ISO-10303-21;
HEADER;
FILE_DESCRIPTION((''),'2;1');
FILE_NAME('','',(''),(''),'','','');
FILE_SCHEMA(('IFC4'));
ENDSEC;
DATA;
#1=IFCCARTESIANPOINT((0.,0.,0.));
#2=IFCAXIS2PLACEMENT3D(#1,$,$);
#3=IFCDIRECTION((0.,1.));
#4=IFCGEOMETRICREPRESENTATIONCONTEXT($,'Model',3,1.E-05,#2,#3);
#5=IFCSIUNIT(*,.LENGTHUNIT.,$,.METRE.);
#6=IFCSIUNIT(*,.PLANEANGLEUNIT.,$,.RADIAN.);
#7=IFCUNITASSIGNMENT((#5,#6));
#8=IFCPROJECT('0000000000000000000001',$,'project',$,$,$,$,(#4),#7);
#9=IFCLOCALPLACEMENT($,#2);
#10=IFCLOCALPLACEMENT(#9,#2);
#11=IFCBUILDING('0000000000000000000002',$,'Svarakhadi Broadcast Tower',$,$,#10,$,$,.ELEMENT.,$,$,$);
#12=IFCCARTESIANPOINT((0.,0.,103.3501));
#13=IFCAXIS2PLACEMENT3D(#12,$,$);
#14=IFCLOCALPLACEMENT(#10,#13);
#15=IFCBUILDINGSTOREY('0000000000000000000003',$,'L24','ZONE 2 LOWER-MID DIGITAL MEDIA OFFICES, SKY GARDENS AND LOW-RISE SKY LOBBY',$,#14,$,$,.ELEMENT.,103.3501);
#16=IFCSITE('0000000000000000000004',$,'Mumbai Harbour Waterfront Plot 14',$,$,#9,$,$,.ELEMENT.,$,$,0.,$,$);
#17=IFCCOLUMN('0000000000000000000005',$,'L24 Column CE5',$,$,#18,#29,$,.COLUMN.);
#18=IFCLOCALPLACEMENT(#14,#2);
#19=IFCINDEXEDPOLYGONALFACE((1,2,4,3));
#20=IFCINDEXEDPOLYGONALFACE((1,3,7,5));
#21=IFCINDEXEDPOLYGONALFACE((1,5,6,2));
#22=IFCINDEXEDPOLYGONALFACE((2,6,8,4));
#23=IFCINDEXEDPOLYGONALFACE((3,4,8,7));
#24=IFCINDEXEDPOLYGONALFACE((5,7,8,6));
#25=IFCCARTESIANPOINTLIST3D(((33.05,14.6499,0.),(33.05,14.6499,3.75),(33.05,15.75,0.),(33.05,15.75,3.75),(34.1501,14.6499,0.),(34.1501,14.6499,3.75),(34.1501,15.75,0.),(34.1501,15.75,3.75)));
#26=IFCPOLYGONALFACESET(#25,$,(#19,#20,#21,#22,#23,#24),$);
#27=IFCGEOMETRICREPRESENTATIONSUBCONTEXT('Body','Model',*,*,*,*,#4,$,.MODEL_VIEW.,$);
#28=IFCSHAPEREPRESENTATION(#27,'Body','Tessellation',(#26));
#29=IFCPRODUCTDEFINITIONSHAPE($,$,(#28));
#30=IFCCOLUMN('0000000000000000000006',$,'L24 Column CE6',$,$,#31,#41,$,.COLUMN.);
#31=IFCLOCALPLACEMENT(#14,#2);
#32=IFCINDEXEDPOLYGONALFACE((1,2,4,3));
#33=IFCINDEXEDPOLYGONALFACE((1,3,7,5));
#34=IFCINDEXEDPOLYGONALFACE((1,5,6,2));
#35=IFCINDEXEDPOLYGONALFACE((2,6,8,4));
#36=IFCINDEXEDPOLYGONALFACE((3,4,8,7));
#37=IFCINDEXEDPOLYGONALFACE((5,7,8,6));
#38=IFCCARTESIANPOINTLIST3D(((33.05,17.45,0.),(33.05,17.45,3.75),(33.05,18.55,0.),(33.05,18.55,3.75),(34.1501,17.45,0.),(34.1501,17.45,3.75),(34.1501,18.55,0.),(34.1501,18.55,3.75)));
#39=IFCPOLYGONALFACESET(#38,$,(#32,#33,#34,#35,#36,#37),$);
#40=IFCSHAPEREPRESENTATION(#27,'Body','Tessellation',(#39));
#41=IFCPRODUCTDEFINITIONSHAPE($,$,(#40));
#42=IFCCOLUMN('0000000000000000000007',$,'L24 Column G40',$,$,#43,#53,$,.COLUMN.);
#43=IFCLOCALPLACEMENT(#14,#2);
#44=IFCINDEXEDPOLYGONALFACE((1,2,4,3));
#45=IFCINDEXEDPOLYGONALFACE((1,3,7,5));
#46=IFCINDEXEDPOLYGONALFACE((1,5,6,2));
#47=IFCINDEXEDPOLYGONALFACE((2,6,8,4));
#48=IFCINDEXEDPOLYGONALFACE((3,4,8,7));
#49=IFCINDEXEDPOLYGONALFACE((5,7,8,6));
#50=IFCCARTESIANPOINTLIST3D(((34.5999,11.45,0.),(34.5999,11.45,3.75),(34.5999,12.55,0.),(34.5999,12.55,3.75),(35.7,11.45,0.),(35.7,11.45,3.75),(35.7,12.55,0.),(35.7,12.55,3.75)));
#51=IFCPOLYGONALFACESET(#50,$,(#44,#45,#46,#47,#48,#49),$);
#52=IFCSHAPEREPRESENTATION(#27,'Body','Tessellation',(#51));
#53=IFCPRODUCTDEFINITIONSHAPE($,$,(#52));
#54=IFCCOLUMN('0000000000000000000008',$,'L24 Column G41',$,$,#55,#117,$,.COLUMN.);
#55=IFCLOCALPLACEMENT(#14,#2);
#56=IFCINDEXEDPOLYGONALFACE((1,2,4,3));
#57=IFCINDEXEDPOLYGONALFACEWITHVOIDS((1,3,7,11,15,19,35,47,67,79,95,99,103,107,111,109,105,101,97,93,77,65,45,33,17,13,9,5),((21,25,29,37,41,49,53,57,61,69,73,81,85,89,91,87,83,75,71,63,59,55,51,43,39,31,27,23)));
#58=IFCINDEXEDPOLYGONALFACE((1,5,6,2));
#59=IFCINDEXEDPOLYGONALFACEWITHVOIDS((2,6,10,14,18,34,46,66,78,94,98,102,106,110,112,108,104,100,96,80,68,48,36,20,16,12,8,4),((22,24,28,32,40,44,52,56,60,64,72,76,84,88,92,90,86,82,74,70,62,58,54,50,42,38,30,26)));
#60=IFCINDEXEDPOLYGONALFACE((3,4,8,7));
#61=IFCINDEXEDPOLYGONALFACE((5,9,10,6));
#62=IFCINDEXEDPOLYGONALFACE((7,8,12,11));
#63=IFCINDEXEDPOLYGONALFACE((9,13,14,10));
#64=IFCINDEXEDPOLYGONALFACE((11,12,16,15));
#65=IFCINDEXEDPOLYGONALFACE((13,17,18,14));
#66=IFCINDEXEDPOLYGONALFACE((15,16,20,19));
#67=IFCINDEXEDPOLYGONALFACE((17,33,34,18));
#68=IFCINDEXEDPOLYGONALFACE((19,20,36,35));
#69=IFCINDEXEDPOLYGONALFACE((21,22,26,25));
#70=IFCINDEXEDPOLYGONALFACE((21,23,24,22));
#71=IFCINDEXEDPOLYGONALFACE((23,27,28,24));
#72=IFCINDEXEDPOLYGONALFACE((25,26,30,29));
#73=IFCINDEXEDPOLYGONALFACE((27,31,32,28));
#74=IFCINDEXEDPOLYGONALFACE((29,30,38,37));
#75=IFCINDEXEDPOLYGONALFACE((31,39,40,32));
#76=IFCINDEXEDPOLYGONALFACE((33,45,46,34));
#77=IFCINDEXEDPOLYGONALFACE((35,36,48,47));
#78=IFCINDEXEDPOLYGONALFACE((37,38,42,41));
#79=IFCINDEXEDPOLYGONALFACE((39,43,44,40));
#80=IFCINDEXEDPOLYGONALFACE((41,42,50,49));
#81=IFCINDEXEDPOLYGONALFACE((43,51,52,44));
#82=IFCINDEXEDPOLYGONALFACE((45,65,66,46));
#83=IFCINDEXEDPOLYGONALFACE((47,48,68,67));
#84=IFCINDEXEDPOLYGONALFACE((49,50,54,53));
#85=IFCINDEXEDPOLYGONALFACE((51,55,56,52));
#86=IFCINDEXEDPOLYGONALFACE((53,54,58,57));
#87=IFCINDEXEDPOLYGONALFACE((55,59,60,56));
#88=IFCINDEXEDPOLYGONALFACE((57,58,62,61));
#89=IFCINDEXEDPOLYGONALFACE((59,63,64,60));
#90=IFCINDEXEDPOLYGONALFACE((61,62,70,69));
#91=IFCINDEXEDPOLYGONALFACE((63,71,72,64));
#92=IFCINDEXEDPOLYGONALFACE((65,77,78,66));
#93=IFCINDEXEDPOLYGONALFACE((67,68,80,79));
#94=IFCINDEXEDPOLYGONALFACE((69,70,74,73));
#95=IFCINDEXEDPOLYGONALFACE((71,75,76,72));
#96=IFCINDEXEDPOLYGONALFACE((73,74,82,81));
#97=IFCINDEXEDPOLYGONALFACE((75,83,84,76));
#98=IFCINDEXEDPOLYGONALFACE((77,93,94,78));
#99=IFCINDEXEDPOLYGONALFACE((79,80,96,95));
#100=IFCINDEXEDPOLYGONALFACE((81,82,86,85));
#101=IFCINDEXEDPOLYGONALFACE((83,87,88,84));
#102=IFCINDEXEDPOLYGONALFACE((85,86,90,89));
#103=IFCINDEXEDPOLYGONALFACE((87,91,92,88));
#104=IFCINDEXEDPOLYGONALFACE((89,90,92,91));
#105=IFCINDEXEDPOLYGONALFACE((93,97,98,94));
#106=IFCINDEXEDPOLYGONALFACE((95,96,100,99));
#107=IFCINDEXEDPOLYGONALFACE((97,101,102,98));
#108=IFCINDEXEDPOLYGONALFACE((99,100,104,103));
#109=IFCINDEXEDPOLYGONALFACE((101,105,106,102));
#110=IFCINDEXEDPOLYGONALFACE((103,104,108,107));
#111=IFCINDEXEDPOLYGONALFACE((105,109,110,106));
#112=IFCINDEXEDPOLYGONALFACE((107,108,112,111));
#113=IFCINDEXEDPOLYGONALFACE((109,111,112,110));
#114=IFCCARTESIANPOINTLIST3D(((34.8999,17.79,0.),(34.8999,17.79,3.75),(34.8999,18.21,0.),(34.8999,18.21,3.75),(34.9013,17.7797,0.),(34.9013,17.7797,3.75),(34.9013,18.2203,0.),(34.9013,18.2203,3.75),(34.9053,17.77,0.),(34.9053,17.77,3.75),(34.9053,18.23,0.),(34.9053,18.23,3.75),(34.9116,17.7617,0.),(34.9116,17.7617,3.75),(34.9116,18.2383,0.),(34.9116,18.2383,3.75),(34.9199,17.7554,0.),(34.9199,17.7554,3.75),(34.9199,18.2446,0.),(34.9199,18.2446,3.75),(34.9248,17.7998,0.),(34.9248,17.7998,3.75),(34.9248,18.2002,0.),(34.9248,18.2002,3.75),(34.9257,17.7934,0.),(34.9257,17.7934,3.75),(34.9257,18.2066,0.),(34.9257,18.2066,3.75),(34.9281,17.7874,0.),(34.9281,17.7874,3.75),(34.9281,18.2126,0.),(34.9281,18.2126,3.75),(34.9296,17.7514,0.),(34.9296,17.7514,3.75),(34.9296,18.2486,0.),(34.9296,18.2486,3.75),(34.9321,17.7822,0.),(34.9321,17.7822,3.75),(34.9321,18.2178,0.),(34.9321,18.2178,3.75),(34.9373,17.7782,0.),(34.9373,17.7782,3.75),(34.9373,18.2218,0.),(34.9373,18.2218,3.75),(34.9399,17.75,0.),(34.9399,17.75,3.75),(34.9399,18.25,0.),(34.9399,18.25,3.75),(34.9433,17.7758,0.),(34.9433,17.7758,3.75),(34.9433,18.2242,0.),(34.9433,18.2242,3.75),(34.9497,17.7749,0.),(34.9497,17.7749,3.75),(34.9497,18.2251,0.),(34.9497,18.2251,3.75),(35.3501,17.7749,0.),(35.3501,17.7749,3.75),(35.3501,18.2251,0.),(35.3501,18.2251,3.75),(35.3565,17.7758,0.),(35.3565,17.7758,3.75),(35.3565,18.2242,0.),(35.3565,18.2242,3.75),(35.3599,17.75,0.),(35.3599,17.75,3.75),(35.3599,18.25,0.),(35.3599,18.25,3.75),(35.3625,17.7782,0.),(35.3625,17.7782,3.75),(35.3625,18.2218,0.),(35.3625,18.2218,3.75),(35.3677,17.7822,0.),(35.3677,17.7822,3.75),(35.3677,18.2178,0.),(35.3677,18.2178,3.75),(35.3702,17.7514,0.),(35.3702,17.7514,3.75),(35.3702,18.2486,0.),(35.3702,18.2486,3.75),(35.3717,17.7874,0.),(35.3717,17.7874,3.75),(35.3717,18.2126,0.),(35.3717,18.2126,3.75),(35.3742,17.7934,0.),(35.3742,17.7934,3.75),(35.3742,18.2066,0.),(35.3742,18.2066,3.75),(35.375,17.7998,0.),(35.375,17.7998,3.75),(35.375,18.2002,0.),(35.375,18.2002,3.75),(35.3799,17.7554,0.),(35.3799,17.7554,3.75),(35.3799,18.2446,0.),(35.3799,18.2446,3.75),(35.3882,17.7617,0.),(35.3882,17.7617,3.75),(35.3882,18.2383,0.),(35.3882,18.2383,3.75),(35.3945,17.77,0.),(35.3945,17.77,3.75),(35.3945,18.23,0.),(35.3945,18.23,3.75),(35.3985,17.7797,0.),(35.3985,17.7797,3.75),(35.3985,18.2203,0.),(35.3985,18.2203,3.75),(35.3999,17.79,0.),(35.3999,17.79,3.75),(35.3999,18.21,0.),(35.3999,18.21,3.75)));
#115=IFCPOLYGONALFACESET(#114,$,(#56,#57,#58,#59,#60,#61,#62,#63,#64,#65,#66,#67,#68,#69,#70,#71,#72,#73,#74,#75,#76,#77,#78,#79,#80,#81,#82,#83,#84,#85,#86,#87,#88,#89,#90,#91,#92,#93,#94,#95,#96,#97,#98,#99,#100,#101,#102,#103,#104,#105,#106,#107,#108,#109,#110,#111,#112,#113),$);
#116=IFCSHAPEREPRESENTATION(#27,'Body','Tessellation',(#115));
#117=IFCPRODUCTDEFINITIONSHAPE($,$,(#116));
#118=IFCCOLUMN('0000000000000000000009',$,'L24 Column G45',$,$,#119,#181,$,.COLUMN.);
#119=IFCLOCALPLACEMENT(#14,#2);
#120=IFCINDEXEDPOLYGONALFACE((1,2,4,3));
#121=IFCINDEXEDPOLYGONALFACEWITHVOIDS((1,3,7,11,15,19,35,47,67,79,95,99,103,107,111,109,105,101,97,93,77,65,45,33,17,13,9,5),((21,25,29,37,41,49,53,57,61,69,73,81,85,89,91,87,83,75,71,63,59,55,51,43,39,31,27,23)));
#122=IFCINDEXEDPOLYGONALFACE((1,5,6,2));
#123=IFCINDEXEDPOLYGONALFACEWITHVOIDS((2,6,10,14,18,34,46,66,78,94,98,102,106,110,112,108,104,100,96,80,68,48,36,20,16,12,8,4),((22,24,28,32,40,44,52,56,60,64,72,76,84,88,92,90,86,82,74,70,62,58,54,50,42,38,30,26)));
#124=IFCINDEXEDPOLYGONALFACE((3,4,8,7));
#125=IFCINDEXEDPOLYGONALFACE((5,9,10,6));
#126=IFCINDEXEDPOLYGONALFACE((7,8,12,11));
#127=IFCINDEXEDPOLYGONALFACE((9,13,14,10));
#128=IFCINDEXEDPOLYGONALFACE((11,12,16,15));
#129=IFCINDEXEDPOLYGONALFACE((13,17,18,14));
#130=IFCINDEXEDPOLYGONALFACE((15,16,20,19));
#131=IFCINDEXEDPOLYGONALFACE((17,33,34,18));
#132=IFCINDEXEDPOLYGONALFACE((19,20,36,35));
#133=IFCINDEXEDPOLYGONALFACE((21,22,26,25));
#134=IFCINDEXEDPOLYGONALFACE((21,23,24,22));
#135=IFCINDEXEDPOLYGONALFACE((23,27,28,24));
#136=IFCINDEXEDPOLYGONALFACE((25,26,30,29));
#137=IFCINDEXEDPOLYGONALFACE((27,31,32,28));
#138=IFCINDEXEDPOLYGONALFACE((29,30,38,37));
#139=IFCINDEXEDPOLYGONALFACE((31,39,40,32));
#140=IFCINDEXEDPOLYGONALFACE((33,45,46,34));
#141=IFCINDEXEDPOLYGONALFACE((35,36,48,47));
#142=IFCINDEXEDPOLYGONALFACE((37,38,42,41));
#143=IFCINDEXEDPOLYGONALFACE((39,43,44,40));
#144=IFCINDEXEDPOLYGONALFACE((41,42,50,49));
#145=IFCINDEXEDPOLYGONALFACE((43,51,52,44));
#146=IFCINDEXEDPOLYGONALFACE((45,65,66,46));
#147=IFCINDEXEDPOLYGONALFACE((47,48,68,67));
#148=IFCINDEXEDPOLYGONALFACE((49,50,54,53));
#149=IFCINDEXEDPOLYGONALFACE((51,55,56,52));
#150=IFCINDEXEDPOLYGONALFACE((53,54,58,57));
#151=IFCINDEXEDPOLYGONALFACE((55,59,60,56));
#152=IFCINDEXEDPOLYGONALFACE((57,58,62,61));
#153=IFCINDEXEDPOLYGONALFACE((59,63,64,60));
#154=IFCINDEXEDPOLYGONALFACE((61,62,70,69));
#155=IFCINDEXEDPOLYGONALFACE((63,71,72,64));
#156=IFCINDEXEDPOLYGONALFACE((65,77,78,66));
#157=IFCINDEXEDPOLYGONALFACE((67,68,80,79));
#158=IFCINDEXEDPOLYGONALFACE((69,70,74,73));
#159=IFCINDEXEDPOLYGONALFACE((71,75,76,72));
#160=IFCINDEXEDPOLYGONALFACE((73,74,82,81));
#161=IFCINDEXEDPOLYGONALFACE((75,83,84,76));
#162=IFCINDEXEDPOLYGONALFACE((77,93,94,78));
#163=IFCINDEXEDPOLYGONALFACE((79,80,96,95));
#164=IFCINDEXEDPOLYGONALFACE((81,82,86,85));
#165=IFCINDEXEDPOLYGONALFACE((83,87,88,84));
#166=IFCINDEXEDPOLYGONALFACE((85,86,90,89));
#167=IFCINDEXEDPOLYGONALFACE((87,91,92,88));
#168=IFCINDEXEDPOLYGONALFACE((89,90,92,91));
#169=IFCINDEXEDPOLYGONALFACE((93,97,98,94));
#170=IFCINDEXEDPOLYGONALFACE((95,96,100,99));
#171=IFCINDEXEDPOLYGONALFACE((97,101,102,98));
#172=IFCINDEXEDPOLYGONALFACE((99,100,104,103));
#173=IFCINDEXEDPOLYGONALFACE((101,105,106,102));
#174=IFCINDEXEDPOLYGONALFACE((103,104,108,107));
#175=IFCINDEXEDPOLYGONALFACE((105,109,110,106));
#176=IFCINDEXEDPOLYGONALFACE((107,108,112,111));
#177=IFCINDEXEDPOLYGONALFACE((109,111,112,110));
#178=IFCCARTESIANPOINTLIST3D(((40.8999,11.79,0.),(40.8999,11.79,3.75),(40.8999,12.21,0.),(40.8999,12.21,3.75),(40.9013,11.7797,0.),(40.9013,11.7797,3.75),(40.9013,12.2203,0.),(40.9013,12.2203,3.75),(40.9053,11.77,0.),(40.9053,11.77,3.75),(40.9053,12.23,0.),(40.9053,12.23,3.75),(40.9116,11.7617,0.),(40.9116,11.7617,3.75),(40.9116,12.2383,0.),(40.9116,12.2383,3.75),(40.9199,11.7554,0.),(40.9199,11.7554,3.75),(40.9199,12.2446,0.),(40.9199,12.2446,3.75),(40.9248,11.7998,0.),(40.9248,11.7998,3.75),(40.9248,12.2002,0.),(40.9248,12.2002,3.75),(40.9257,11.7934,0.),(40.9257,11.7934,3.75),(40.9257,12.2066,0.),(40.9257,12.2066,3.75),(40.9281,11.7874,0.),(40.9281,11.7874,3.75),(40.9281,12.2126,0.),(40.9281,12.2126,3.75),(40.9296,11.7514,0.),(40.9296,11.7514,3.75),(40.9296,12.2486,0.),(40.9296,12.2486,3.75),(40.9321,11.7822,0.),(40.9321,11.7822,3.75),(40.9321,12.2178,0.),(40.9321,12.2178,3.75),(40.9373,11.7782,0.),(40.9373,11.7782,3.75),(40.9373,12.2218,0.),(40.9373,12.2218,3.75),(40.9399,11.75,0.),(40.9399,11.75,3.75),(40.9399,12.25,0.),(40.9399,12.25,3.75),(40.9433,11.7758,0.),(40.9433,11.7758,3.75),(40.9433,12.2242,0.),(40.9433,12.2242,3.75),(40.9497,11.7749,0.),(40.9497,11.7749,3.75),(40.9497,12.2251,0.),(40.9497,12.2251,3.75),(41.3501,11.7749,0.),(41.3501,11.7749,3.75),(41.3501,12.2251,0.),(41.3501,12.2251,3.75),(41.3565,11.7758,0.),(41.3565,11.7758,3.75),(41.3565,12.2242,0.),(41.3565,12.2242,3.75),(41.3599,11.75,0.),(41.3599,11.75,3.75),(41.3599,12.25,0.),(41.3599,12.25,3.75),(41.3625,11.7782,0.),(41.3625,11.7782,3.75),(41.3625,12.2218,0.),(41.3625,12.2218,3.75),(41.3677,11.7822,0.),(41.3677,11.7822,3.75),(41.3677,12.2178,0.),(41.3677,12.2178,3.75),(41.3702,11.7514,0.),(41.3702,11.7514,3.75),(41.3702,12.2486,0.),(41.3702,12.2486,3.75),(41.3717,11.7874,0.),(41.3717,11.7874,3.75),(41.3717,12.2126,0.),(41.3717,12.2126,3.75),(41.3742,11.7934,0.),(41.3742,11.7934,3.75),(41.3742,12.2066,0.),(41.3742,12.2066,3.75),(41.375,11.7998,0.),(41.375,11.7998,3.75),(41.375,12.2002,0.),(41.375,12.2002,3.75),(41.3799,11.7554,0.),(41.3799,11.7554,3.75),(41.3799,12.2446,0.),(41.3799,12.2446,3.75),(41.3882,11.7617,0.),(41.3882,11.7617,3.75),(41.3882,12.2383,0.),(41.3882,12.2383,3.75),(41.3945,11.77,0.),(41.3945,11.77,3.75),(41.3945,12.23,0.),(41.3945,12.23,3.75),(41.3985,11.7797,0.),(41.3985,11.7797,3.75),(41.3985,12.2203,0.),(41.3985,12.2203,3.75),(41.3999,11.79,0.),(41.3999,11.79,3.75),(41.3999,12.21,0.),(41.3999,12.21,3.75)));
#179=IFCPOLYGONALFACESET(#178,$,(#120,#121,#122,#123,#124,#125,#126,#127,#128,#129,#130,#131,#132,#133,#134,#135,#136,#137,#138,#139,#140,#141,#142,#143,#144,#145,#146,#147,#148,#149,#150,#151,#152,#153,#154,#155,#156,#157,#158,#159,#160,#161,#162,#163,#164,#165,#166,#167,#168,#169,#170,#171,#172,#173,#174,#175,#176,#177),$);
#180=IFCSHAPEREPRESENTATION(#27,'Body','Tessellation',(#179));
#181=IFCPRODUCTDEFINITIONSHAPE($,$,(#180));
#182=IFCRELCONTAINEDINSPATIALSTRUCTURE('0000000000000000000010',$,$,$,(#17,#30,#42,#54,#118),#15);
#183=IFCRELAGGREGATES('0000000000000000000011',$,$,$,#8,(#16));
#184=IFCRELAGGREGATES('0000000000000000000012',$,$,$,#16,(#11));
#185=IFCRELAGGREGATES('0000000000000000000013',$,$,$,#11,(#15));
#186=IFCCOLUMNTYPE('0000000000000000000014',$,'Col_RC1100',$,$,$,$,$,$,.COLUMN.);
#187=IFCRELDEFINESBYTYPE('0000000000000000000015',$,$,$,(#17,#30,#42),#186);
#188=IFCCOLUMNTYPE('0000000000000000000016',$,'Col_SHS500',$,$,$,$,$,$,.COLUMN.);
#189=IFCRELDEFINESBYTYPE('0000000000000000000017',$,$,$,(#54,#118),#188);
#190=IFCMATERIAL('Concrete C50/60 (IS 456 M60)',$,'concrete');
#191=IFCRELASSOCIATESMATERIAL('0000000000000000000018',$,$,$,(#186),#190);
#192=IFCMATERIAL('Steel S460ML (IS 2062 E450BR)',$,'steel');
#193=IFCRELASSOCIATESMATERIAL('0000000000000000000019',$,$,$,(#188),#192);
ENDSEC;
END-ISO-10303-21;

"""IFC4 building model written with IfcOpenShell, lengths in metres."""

from ifc_helpers import new_model, si_unit, direction, frame, origin, origin_2d, place, context, subcontext, project, spatial, rectangle, hollow_rectangle, extrude, material, material_profile, profile_set, type_object, element, save


model = new_model("IFC4")

# Units and contexts
model_context = context("Model", 3, precision=1e-05, world=origin(), true_north=direction((0.0, 1.0)))
body_context = subcontext(model_context, "Body", "Model", "MODEL_VIEW")
ifc_project = project(units=[si_unit("LENGTHUNIT", "METRE"), si_unit("PLANEANGLEUNIT", "RADIAN")], contexts=[model_context])

# Site, building, storey
site_placement = place(None, origin())
site = spatial("IfcSite", under=ifc_project, at=site_placement, Name="Mumbai Harbour Waterfront Plot 14", CompositionType="ELEMENT", RefElevation=0.0)
building_placement = place(site_placement, origin())
building = spatial("IfcBuilding", under=site, at=building_placement, Name="Svarakhadi Broadcast Tower", CompositionType="ELEMENT")
storey_placement = place(building_placement, frame((0.0, 0.0, 103.3501)))
storey = spatial("IfcBuildingStorey", under=building, at=storey_placement, Name="L24", Description="ZONE 2 LOWER-MID DIGITAL MEDIA OFFICES, SKY GARDENS AND LOW-RISE SKY LOBBY", CompositionType="ELEMENT", Elevation=103.3501)

# Columns
ifc_material_1 = material(Name="Concrete C50/60 (IS 456 M60)", Category="concrete")
ifc_material_profile_1 = material_profile(ifc_material_1, rectangle(XDim=1.1001, YDim=1.1001, at=origin_2d()), Name="RC 1100x1100")
ifc_profile_set_1 = profile_set([ifc_material_profile_1], Name="Concrete C50/60 (IS 456 M60)")
column_type_1 = type_object("IfcColumnType", Name="Col_RC1100", PredefinedType="COLUMN", material=ifc_profile_set_1)
for number, where, z_axis, x_axis, name in (
    (1, (33.6001, 15.2, 0.0), (0.0, 0.0, 1.0), (1.0, 0.0, 0.0), "L24 Column CE5"),
    (2, (33.6001, 18.0, 0.0), (0.0, 0.0, 1.0), (1.0, 0.0, 0.0), "L24 Column CE6"),
    (3, (35.1499, 12.0, 0.0), (0.0, 0.0, 1.0), (1.0, 0.0, 0.0), "L24 Column G40"),
):
    element("IfcColumn", number, at=place(storey_placement, frame(where, z_axis=z_axis, x_axis=x_axis)), inside=storey, type_object=column_type_1, Name=name, PredefinedType="COLUMN", context=body_context, shape_type="SweptSolid", body=[
        extrude(rectangle(XDim=1.1001, YDim=1.1001, at=origin_2d()), origin(), (0.0, 0.0, 1.0), 3.75),
    ])
ifc_material_2 = material(Name="Steel S460ML (IS 2062 E450BR)", Category="steel")
ifc_material_profile_2 = material_profile(ifc_material_2, hollow_rectangle(XDim=0.5, YDim=0.5, WallThickness=0.0249, InnerFilletRadius=0.0249, OuterFilletRadius=0.04, at=origin_2d()), Name="SHS 500x500x25")
ifc_profile_set_2 = profile_set([ifc_material_profile_2], Name="Steel S460ML (IS 2062 E450BR)")
column_type_2 = type_object("IfcColumnType", Name="Col_SHS500", PredefinedType="COLUMN", material=ifc_profile_set_2)
for number, where, z_axis, x_axis, name in (
    (4, (35.1499, 18.0, 0.0), (0.0, 0.0, 1.0), (1.0, 0.0, 0.0), "L24 Column G41"),
    (5, (41.1499, 12.0, 0.0), (0.0, 0.0, 1.0), (1.0, 0.0, 0.0), "L24 Column G45"),
):
    element("IfcColumn", number, at=place(storey_placement, frame(where, z_axis=z_axis, x_axis=x_axis)), inside=storey, type_object=column_type_2, Name=name, PredefinedType="COLUMN", context=body_context, shape_type="SweptSolid", body=[
        extrude(hollow_rectangle(XDim=0.5, YDim=0.5, WallThickness=0.0249, InnerFilletRadius=0.0249, OuterFilletRadius=0.04, at=origin_2d()), origin(), (0.0, 0.0, 1.0), 3.75),
    ])

save(model, "model.ifc")
